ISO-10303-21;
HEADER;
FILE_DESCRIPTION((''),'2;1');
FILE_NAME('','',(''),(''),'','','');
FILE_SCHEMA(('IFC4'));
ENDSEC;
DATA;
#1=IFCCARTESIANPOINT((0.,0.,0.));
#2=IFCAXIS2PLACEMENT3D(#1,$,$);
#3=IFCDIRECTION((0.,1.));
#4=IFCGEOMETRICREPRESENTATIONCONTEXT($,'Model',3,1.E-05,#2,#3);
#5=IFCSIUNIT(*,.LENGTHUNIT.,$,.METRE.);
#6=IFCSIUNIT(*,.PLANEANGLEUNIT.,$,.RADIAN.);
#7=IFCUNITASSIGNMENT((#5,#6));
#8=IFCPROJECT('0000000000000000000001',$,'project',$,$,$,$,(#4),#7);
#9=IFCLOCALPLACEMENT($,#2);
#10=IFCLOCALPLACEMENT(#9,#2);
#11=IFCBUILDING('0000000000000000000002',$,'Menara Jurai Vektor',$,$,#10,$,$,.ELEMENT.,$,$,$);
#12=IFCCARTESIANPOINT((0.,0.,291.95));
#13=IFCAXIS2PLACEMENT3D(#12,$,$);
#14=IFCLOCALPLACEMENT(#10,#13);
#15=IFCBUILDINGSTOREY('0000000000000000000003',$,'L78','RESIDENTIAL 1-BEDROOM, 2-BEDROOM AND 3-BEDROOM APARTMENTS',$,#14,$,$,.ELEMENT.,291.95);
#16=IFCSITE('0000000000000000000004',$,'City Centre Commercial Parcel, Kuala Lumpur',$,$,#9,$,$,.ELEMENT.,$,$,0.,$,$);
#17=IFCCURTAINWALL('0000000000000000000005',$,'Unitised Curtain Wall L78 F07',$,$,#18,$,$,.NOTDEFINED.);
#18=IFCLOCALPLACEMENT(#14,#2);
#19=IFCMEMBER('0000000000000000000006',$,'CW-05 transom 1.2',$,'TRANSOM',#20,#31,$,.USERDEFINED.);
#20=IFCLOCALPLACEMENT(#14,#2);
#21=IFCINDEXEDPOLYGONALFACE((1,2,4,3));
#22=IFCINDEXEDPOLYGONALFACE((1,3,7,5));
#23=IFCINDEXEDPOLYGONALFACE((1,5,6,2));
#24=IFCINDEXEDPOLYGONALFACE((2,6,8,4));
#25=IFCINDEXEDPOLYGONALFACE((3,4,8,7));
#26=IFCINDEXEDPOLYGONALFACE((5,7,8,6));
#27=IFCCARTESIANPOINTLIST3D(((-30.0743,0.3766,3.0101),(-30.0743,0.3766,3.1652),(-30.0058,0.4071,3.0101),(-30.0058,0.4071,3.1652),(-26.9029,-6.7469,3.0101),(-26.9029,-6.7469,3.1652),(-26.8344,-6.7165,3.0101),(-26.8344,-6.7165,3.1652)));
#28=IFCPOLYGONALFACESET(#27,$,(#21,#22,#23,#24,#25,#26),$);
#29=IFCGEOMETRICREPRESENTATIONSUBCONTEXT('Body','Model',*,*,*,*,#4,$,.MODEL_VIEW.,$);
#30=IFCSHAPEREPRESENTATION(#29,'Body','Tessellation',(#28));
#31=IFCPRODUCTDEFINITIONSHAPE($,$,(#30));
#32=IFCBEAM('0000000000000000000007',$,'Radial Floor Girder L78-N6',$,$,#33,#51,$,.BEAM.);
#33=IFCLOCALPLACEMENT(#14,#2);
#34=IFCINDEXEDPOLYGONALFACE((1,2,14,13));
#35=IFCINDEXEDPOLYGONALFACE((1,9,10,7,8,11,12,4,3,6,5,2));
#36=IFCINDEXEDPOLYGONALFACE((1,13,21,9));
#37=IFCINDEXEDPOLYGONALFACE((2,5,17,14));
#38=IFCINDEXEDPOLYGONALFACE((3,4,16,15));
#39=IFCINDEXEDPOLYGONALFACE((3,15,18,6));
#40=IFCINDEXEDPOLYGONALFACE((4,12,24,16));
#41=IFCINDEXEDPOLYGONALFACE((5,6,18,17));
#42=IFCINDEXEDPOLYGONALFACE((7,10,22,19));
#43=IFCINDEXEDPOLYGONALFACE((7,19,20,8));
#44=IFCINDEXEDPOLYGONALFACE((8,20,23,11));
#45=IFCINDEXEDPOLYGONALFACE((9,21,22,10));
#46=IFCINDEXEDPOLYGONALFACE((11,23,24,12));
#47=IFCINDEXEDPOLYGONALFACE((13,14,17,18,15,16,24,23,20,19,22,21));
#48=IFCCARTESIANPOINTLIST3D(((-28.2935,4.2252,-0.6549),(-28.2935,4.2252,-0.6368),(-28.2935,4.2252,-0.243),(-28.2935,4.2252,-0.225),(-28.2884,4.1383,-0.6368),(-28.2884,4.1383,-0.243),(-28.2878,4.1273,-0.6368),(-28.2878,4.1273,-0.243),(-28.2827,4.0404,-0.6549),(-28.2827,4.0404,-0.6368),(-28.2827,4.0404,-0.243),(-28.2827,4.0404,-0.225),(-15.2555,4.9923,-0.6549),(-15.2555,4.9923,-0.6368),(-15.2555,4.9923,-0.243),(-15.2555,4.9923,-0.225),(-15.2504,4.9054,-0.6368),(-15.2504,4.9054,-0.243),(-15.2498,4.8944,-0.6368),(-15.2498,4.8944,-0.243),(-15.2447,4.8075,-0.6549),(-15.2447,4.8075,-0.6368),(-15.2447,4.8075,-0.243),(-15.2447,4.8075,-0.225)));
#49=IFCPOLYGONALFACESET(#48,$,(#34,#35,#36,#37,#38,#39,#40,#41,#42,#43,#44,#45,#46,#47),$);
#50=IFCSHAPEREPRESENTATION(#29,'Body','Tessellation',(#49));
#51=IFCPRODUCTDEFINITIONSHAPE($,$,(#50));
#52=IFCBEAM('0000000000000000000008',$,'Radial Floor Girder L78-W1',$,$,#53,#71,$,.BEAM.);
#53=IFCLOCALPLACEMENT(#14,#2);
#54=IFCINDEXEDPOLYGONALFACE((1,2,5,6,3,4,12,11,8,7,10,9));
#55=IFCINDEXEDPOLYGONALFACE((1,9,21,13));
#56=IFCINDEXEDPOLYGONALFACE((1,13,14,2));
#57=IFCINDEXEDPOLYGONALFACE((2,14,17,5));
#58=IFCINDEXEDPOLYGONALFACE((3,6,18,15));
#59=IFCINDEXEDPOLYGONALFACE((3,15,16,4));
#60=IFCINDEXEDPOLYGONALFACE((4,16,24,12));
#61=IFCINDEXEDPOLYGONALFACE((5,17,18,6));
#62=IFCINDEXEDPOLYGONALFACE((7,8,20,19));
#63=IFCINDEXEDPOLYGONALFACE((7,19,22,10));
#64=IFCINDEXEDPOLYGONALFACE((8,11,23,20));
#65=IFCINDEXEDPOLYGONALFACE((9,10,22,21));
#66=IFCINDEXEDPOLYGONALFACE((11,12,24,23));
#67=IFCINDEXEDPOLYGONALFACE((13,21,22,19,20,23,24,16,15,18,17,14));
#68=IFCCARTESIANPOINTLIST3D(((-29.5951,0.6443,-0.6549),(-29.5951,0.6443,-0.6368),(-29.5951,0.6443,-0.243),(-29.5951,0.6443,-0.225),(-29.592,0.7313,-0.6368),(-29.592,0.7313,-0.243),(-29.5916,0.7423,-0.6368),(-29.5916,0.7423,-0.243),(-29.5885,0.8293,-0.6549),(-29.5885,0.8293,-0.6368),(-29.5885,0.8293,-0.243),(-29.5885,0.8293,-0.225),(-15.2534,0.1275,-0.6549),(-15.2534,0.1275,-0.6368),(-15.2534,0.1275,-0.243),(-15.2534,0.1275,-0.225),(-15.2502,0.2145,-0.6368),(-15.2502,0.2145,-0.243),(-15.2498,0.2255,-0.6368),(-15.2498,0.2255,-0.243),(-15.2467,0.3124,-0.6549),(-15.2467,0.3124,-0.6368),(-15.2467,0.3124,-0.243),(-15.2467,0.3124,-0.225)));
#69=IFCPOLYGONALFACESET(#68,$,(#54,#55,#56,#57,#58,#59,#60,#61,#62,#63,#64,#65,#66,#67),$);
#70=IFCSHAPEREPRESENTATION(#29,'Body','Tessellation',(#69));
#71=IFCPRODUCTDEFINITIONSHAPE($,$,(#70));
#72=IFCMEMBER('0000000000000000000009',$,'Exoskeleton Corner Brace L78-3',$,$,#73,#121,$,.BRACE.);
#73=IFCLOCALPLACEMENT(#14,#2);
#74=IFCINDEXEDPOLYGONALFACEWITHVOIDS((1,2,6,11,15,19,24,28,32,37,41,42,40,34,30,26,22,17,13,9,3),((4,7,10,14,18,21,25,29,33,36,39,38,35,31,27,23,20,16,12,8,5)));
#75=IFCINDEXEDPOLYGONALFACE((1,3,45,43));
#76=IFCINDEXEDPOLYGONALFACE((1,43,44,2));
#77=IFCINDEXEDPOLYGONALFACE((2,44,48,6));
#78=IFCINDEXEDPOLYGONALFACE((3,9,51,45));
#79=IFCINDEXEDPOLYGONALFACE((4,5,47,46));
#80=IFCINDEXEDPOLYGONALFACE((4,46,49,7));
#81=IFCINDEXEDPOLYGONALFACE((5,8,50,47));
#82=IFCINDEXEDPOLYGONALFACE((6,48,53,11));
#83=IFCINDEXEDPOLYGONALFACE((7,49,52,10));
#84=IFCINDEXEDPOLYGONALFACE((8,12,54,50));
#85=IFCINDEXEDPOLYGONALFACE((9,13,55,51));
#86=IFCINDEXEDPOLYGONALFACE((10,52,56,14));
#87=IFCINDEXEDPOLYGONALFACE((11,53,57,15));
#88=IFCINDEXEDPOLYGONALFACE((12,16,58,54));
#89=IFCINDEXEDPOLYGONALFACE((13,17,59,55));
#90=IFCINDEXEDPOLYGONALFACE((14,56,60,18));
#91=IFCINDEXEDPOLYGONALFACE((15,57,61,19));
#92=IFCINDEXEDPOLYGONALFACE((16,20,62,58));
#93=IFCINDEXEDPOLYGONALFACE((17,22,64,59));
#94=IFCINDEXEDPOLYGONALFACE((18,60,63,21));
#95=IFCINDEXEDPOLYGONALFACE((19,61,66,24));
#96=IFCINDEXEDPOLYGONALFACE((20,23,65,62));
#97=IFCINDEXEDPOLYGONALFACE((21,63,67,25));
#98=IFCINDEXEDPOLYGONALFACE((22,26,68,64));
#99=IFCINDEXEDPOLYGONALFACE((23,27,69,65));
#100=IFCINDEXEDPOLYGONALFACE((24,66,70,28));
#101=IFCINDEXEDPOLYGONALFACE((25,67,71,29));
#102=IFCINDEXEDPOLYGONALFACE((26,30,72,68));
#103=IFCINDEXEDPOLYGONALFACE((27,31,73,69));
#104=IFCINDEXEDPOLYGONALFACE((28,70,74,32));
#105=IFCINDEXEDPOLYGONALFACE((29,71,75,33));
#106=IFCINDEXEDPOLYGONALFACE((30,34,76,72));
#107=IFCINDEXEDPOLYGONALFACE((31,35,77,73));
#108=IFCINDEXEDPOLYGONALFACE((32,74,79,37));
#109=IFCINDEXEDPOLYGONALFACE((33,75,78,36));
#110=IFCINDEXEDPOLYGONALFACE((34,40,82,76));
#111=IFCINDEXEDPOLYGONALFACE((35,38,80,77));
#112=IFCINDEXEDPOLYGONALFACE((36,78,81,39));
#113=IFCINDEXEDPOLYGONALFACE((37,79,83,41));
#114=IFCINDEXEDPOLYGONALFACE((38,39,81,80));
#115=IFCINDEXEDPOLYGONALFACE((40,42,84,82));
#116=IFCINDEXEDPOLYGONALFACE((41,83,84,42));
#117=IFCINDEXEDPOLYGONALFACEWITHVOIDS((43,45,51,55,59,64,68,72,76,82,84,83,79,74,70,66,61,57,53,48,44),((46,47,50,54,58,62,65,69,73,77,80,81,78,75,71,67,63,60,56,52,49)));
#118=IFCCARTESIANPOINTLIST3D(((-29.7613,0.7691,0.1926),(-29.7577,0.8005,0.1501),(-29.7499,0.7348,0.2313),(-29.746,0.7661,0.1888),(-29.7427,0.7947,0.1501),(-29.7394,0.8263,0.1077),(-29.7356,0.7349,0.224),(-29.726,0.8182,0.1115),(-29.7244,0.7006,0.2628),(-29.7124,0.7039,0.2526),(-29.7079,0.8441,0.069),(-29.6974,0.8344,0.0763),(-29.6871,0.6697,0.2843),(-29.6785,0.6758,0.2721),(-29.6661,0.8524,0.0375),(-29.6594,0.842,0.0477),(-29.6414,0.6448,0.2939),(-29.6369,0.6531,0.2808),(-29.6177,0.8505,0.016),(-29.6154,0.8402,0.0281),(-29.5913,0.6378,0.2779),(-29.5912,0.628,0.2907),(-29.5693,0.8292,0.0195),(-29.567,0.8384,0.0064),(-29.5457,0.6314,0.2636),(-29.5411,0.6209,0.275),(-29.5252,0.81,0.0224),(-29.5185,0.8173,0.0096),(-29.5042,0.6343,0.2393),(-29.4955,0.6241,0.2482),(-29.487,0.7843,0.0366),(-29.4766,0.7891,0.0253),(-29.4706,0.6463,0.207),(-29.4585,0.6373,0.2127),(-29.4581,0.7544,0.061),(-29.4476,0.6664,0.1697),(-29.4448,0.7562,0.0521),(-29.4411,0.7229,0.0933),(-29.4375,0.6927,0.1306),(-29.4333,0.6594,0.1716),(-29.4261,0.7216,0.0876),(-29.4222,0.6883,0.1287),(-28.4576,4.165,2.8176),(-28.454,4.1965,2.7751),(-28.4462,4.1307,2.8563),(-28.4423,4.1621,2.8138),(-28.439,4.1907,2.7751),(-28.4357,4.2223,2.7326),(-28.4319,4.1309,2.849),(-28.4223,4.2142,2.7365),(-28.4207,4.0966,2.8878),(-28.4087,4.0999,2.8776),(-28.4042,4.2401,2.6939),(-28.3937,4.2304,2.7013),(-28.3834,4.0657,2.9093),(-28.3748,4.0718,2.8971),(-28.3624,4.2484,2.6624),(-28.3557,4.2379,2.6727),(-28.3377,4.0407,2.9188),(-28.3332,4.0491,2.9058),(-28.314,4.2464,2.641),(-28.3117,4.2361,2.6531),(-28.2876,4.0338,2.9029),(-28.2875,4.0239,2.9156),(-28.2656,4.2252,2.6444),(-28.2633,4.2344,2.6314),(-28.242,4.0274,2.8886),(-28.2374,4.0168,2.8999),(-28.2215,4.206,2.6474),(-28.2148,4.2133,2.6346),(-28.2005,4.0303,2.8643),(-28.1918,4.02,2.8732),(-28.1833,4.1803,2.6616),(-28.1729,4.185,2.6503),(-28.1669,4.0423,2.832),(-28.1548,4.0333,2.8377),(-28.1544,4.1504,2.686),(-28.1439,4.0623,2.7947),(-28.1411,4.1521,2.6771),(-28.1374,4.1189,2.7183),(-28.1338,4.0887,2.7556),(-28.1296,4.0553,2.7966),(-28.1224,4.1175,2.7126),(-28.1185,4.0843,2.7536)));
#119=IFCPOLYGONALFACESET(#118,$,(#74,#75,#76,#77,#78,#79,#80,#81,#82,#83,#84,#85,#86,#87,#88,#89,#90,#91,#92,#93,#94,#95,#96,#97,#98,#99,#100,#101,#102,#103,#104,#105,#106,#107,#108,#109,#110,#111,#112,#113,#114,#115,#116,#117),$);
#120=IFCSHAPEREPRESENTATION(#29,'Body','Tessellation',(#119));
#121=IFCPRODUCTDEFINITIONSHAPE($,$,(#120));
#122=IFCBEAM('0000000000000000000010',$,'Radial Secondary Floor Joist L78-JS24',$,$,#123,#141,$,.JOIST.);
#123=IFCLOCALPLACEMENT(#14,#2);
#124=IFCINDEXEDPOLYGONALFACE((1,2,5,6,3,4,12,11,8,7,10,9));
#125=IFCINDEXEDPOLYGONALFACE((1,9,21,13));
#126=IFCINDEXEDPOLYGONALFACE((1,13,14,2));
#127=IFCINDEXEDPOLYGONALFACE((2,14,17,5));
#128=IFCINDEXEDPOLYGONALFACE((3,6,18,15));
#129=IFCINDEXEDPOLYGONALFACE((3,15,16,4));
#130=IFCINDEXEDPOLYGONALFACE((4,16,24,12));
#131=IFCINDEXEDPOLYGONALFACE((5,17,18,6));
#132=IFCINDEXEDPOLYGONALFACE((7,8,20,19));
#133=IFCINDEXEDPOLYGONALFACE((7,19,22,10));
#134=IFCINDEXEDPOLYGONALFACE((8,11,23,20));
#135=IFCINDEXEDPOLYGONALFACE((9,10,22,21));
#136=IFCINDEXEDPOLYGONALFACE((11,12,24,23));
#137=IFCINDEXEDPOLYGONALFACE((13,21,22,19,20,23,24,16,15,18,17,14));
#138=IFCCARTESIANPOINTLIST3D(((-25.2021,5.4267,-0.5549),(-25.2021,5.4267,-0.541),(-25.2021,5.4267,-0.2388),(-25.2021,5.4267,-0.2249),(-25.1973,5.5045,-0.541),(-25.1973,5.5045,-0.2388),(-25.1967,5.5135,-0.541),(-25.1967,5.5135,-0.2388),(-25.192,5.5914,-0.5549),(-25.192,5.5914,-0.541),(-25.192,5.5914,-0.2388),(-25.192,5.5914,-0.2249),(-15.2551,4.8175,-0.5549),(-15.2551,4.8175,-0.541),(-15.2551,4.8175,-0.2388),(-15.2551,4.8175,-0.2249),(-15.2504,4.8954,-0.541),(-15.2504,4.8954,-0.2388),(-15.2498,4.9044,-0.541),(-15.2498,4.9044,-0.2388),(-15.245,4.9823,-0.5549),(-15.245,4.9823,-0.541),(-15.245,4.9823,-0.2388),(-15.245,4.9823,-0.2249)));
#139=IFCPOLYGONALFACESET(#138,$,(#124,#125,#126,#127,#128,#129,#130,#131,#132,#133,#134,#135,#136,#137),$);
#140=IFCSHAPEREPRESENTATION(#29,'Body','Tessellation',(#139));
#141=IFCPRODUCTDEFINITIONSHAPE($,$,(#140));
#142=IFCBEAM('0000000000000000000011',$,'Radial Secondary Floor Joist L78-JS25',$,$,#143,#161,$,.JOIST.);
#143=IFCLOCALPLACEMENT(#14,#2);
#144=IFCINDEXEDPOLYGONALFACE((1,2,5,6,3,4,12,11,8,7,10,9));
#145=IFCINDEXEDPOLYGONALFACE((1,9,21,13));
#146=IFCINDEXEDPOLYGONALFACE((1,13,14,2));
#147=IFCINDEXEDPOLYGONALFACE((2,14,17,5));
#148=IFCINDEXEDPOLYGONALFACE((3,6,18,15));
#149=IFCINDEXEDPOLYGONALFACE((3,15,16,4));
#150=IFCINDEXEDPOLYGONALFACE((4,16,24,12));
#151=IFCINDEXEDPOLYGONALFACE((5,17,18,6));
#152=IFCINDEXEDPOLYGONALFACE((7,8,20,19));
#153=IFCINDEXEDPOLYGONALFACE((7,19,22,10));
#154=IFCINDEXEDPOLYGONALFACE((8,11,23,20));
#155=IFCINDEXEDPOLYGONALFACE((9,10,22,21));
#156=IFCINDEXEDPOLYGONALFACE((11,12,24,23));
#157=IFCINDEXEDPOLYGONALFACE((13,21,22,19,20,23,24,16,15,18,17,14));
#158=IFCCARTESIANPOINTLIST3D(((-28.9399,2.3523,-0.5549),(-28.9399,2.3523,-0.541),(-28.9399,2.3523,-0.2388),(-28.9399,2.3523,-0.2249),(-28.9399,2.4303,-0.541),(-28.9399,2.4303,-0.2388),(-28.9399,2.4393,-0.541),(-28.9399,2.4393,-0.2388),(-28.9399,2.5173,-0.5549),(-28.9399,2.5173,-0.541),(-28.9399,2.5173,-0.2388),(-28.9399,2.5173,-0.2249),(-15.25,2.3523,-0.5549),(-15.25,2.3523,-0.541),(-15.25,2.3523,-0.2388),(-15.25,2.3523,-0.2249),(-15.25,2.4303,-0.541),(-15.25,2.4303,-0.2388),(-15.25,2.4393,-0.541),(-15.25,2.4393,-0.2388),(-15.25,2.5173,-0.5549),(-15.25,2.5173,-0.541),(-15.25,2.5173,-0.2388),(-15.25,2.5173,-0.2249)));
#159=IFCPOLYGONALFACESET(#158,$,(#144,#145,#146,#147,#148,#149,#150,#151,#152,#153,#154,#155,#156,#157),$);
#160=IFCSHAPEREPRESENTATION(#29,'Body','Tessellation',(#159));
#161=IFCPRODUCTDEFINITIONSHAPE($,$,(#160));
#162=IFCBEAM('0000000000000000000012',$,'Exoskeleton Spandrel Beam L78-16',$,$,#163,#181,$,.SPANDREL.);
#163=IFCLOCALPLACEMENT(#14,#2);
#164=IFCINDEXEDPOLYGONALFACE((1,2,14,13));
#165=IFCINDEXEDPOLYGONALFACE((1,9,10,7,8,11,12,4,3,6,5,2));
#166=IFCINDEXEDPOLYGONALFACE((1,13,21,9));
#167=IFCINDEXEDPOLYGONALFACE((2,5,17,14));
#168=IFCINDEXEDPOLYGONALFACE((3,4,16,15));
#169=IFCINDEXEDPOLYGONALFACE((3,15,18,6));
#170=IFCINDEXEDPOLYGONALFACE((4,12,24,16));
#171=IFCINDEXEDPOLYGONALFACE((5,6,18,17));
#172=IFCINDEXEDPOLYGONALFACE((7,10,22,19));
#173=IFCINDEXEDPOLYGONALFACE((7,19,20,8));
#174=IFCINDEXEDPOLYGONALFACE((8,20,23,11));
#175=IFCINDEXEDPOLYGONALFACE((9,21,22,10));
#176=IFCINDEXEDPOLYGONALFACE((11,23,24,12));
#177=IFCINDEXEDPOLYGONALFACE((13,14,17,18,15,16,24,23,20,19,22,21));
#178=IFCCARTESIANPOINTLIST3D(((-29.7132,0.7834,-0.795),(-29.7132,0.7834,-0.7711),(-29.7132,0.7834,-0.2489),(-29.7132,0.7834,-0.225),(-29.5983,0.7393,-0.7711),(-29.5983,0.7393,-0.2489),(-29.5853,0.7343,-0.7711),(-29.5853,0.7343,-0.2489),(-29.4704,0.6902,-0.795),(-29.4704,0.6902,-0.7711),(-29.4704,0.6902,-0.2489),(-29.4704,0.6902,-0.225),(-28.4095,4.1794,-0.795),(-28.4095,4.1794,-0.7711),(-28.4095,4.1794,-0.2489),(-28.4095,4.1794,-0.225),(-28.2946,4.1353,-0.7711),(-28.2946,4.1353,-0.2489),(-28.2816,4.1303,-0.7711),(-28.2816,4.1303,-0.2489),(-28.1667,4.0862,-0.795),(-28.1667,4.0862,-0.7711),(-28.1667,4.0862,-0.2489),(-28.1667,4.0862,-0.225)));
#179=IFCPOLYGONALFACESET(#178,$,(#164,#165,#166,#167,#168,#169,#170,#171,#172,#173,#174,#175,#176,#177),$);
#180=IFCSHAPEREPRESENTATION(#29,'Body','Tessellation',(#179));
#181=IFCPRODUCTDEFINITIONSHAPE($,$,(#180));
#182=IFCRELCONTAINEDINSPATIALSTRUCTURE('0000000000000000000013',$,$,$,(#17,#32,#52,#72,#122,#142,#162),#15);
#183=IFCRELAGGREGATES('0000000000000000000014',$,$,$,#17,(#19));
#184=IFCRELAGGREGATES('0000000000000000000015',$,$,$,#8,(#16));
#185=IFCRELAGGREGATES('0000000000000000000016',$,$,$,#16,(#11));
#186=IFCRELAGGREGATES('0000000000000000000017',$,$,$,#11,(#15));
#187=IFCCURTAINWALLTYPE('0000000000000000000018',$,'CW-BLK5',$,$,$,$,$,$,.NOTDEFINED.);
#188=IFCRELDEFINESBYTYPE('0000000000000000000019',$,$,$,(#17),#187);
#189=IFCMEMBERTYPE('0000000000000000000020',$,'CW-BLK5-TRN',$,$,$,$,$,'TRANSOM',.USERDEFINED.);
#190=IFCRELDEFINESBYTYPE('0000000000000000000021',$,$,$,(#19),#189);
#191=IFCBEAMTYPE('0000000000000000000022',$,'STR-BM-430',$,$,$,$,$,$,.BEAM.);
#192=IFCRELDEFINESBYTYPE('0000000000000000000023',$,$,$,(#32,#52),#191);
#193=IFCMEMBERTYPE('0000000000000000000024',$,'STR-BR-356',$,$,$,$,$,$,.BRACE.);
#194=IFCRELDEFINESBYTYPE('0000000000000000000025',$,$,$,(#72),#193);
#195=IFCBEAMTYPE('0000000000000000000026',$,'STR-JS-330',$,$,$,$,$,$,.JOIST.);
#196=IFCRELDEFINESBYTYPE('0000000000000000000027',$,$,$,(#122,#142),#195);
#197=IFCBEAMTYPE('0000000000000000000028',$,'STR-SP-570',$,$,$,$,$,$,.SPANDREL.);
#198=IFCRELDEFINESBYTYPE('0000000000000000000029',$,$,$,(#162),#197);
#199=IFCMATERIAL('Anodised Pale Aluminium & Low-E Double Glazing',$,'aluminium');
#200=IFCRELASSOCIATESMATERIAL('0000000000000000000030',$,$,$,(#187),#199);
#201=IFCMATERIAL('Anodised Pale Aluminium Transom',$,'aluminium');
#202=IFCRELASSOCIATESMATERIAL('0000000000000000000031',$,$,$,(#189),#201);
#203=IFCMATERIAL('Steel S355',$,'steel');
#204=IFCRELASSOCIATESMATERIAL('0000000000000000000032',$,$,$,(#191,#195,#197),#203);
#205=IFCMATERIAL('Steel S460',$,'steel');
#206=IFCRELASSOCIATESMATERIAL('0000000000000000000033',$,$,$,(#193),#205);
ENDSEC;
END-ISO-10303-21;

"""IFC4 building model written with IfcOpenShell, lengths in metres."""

from ifc_helpers import new_model, si_unit, direction, frame, origin, origin_2d, place, context, subcontext, project, spatial, rectangle, hollow_circle, i_section, extrude, material, material_profile, profile_set, type_object, element, aggregate, save


model = new_model("IFC4")

# Units and contexts
model_context = context("Model", 3, precision=1e-05, world=origin(), true_north=direction((0.0, 1.0)))
body_context = subcontext(model_context, "Body", "Model", "MODEL_VIEW")
ifc_project = project(units=[si_unit("LENGTHUNIT", "METRE"), si_unit("PLANEANGLEUNIT", "RADIAN")], contexts=[model_context])

# Site, building, storey
site_placement = place(None, origin())
site = spatial("IfcSite", under=ifc_project, at=site_placement, Name="City Centre Commercial Parcel, Kuala Lumpur", CompositionType="ELEMENT", RefElevation=0.0)
building_placement = place(site_placement, origin())
building = spatial("IfcBuilding", under=site, at=building_placement, Name="Menara Jurai Vektor", CompositionType="ELEMENT")
storey_placement = place(building_placement, frame((0.0, 0.0, 291.95)))
storey = spatial("IfcBuildingStorey", under=building, at=storey_placement, Name="L78", Description="RESIDENTIAL 1-BEDROOM, 2-BEDROOM AND 3-BEDROOM APARTMENTS", CompositionType="ELEMENT", Elevation=291.95)

# Shared definitions
ifc_material_1 = material(Name="Steel S460", Category="steel")

# Shared definitions
ifc_material_2 = material(Name="Anodised Pale Aluminium & Low-E Double Glazing", Category="aluminium")
curtain_wall_type = type_object("IfcCurtainWallType", Name="CW-BLK5", PredefinedType="NOTDEFINED", material=ifc_material_2)

# Curtain wall
curtain_wall_1_placement = place(storey_placement, origin())
curtain_wall_1 = element("IfcCurtainWall", 1, at=curtain_wall_1_placement, inside=storey, type_object=curtain_wall_type, Name="Unitised Curtain Wall L78 F07", PredefinedType="NOTDEFINED")

# Member
ifc_material_3 = material(Name="Anodised Pale Aluminium Transom", Category="aluminium")
ifc_material_profile_1 = material_profile(ifc_material_3, rectangle(XDim=0.075, YDim=0.155, at=origin_2d()), Name="ALU TRN 75x155")
ifc_profile_set_1 = profile_set([ifc_material_profile_1], Name="Anodised Pale Aluminium Transom")
member_type_1 = type_object("IfcMemberType", Name="CW-BLK5-TRN", ElementType="TRANSOM", PredefinedType="USERDEFINED", material=ifc_profile_set_1)
member_1_placement = place(storey_placement, frame((-30.04, 0.3918, 3.0876), z_axis=(0.406714, -0.913556, 0.0), x_axis=(0.913556, 0.406714, 0.0)))
member_1 = element("IfcMember", 2, at=member_1_placement, type_object=member_type_1, Name="CW-05 transom 1.2", ObjectType="TRANSOM", PredefinedType="USERDEFINED", context=body_context, shape_type="SweptSolid", body=[
    extrude(rectangle(XDim=0.075, YDim=0.155, at=origin_2d()), origin(), (0.0, 0.0, 1.0), 7.7976),
])
aggregate(curtain_wall_1, [member_1])

# Beams
ifc_material_4 = material(Name="Steel S355", Category="steel")
ifc_material_profile_2 = material_profile(ifc_material_4, i_section(OverallWidth=0.1851, OverallDepth=0.4299, WebThickness=0.011, FlangeThickness=0.0181, at=origin_2d()), Name="PG 430x185x76")
ifc_profile_set_2 = profile_set([ifc_material_profile_2], Name="Steel S355")
beam_type_1 = type_object("IfcBeamType", Name="STR-BM-430", PredefinedType="BEAM", material=ifc_profile_set_2)
beam_1_placement = place(storey_placement, frame((-28.2881, 4.1328, -0.4399), z_axis=(0.998274, 0.058733, 0.0), x_axis=(-0.058733, 0.998274, 0.0)))
element("IfcBeam", 3, at=beam_1_placement, inside=storey, type_object=beam_type_1, Name="Radial Floor Girder L78-N6", PredefinedType="BEAM", context=body_context, shape_type="SweptSolid", body=[
    extrude(i_section(OverallWidth=0.1851, OverallDepth=0.4299, WebThickness=0.011, FlangeThickness=0.0181, at=origin_2d()), origin(), (0.0, 0.0, 1.0), 13.0605),
])
beam_2_placement = place(storey_placement, frame((-29.5918, 0.7368, -0.4399), z_axis=(0.999351, -0.036014, 0.0), x_axis=(0.036014, 0.999351, 0.0)))
element("IfcBeam", 4, at=beam_2_placement, inside=storey, type_object=beam_type_1, Name="Radial Floor Girder L78-W1", PredefinedType="BEAM", context=body_context, shape_type="SweptSolid", body=[
    extrude(i_section(OverallWidth=0.1851, OverallDepth=0.4299, WebThickness=0.011, FlangeThickness=0.0181, at=origin_2d()), origin(), (0.0, 0.0, 1.0), 14.3511),
])

# Member
ifc_material_profile_3 = material_profile(ifc_material_1, hollow_circle(Radius=0.1777, WallThickness=0.0161, at=origin_2d()), Name="CHS 355.6x16")
ifc_profile_set_3 = profile_set([ifc_material_profile_3], Name="Steel S460")
member_type_2 = type_object("IfcMemberType", Name="STR-BR-356", PredefinedType="BRACE", material=ifc_profile_set_3)
member_2_placement = place(storey_placement, frame((-29.5918, 0.7368, 0.1501), z_axis=(0.290626, 0.757042, 0.58517), x_axis=(-0.93357, 0.358394, 0.0)))
element("IfcMember", 5, at=member_2_placement, inside=storey, type_object=member_type_2, Name="Exoskeleton Corner Brace L78-3", PredefinedType="BRACE", context=body_context, shape_type="SweptSolid", body=[
    extrude(hollow_circle(Radius=0.1777, WallThickness=0.0161, at=origin_2d()), origin(), (0.0, 0.0, 1.0), 4.4858),
])

# Beams
ifc_material_profile_4 = material_profile(ifc_material_4, i_section(OverallWidth=0.165, OverallDepth=0.3301, WebThickness=0.009, FlangeThickness=0.0139, at=origin_2d()), Name="PG 330x165x46")
ifc_profile_set_4 = profile_set([ifc_material_profile_4], Name="Steel S355")
beam_type_2 = type_object("IfcBeamType", Name="STR-JS-330", PredefinedType="JOIST", material=ifc_profile_set_4)
beam_3_placement = place(storey_placement, frame((-25.197, 5.509, -0.3899), z_axis=(0.99813, -0.061123, 0.0), x_axis=(0.061123, 0.99813, 0.0)))
element("IfcBeam", 6, at=beam_3_placement, inside=storey, type_object=beam_type_2, Name="Radial Secondary Floor Joist L78-JS24", PredefinedType="JOIST", context=body_context, shape_type="SweptSolid", body=[
    extrude(i_section(OverallWidth=0.165, OverallDepth=0.3301, WebThickness=0.009, FlangeThickness=0.0139, at=origin_2d()), origin(), (0.0, 0.0, 1.0), 9.9656),
])
beam_4_placement = place(storey_placement, frame((-28.9399, 2.4348, -0.3899), z_axis=(1.0, 0.0, 0.0), x_axis=(0.0, 1.0, 0.0)))
element("IfcBeam", 7, at=beam_4_placement, inside=storey, type_object=beam_type_2, Name="Radial Secondary Floor Joist L78-JS25", PredefinedType="JOIST", context=body_context, shape_type="SweptSolid", body=[
    extrude(i_section(OverallWidth=0.165, OverallDepth=0.3301, WebThickness=0.009, FlangeThickness=0.0139, at=origin_2d()), origin(), (0.0, 0.0, 1.0), 13.6899),
])
ifc_material_profile_5 = material_profile(ifc_material_4, i_section(OverallWidth=0.26, OverallDepth=0.5701, WebThickness=0.0139, FlangeThickness=0.0239, at=origin_2d()), Name="PG 570x260x145")
ifc_profile_set_5 = profile_set([ifc_material_profile_5], Name="Steel S355")
beam_type_3 = type_object("IfcBeamType", Name="STR-SP-570", PredefinedType="SPANDREL", material=ifc_profile_set_5)
beam_5_placement = place(storey_placement, frame((-28.2881, 4.1328, -0.51), z_axis=(-0.358394, -0.93357, 0.0), x_axis=(0.93357, -0.358394, 0.0)))
element("IfcBeam", 8, at=beam_5_placement, inside=storey, type_object=beam_type_3, Name="Exoskeleton Spandrel Beam L78-16", PredefinedType="SPANDREL", context=body_context, shape_type="SweptSolid", body=[
    extrude(i_section(OverallWidth=0.26, OverallDepth=0.5701, WebThickness=0.0139, FlangeThickness=0.0239, at=origin_2d()), origin(), (0.0, 0.0, 1.0), 3.6377),
])

save(model, "model.ifc")
